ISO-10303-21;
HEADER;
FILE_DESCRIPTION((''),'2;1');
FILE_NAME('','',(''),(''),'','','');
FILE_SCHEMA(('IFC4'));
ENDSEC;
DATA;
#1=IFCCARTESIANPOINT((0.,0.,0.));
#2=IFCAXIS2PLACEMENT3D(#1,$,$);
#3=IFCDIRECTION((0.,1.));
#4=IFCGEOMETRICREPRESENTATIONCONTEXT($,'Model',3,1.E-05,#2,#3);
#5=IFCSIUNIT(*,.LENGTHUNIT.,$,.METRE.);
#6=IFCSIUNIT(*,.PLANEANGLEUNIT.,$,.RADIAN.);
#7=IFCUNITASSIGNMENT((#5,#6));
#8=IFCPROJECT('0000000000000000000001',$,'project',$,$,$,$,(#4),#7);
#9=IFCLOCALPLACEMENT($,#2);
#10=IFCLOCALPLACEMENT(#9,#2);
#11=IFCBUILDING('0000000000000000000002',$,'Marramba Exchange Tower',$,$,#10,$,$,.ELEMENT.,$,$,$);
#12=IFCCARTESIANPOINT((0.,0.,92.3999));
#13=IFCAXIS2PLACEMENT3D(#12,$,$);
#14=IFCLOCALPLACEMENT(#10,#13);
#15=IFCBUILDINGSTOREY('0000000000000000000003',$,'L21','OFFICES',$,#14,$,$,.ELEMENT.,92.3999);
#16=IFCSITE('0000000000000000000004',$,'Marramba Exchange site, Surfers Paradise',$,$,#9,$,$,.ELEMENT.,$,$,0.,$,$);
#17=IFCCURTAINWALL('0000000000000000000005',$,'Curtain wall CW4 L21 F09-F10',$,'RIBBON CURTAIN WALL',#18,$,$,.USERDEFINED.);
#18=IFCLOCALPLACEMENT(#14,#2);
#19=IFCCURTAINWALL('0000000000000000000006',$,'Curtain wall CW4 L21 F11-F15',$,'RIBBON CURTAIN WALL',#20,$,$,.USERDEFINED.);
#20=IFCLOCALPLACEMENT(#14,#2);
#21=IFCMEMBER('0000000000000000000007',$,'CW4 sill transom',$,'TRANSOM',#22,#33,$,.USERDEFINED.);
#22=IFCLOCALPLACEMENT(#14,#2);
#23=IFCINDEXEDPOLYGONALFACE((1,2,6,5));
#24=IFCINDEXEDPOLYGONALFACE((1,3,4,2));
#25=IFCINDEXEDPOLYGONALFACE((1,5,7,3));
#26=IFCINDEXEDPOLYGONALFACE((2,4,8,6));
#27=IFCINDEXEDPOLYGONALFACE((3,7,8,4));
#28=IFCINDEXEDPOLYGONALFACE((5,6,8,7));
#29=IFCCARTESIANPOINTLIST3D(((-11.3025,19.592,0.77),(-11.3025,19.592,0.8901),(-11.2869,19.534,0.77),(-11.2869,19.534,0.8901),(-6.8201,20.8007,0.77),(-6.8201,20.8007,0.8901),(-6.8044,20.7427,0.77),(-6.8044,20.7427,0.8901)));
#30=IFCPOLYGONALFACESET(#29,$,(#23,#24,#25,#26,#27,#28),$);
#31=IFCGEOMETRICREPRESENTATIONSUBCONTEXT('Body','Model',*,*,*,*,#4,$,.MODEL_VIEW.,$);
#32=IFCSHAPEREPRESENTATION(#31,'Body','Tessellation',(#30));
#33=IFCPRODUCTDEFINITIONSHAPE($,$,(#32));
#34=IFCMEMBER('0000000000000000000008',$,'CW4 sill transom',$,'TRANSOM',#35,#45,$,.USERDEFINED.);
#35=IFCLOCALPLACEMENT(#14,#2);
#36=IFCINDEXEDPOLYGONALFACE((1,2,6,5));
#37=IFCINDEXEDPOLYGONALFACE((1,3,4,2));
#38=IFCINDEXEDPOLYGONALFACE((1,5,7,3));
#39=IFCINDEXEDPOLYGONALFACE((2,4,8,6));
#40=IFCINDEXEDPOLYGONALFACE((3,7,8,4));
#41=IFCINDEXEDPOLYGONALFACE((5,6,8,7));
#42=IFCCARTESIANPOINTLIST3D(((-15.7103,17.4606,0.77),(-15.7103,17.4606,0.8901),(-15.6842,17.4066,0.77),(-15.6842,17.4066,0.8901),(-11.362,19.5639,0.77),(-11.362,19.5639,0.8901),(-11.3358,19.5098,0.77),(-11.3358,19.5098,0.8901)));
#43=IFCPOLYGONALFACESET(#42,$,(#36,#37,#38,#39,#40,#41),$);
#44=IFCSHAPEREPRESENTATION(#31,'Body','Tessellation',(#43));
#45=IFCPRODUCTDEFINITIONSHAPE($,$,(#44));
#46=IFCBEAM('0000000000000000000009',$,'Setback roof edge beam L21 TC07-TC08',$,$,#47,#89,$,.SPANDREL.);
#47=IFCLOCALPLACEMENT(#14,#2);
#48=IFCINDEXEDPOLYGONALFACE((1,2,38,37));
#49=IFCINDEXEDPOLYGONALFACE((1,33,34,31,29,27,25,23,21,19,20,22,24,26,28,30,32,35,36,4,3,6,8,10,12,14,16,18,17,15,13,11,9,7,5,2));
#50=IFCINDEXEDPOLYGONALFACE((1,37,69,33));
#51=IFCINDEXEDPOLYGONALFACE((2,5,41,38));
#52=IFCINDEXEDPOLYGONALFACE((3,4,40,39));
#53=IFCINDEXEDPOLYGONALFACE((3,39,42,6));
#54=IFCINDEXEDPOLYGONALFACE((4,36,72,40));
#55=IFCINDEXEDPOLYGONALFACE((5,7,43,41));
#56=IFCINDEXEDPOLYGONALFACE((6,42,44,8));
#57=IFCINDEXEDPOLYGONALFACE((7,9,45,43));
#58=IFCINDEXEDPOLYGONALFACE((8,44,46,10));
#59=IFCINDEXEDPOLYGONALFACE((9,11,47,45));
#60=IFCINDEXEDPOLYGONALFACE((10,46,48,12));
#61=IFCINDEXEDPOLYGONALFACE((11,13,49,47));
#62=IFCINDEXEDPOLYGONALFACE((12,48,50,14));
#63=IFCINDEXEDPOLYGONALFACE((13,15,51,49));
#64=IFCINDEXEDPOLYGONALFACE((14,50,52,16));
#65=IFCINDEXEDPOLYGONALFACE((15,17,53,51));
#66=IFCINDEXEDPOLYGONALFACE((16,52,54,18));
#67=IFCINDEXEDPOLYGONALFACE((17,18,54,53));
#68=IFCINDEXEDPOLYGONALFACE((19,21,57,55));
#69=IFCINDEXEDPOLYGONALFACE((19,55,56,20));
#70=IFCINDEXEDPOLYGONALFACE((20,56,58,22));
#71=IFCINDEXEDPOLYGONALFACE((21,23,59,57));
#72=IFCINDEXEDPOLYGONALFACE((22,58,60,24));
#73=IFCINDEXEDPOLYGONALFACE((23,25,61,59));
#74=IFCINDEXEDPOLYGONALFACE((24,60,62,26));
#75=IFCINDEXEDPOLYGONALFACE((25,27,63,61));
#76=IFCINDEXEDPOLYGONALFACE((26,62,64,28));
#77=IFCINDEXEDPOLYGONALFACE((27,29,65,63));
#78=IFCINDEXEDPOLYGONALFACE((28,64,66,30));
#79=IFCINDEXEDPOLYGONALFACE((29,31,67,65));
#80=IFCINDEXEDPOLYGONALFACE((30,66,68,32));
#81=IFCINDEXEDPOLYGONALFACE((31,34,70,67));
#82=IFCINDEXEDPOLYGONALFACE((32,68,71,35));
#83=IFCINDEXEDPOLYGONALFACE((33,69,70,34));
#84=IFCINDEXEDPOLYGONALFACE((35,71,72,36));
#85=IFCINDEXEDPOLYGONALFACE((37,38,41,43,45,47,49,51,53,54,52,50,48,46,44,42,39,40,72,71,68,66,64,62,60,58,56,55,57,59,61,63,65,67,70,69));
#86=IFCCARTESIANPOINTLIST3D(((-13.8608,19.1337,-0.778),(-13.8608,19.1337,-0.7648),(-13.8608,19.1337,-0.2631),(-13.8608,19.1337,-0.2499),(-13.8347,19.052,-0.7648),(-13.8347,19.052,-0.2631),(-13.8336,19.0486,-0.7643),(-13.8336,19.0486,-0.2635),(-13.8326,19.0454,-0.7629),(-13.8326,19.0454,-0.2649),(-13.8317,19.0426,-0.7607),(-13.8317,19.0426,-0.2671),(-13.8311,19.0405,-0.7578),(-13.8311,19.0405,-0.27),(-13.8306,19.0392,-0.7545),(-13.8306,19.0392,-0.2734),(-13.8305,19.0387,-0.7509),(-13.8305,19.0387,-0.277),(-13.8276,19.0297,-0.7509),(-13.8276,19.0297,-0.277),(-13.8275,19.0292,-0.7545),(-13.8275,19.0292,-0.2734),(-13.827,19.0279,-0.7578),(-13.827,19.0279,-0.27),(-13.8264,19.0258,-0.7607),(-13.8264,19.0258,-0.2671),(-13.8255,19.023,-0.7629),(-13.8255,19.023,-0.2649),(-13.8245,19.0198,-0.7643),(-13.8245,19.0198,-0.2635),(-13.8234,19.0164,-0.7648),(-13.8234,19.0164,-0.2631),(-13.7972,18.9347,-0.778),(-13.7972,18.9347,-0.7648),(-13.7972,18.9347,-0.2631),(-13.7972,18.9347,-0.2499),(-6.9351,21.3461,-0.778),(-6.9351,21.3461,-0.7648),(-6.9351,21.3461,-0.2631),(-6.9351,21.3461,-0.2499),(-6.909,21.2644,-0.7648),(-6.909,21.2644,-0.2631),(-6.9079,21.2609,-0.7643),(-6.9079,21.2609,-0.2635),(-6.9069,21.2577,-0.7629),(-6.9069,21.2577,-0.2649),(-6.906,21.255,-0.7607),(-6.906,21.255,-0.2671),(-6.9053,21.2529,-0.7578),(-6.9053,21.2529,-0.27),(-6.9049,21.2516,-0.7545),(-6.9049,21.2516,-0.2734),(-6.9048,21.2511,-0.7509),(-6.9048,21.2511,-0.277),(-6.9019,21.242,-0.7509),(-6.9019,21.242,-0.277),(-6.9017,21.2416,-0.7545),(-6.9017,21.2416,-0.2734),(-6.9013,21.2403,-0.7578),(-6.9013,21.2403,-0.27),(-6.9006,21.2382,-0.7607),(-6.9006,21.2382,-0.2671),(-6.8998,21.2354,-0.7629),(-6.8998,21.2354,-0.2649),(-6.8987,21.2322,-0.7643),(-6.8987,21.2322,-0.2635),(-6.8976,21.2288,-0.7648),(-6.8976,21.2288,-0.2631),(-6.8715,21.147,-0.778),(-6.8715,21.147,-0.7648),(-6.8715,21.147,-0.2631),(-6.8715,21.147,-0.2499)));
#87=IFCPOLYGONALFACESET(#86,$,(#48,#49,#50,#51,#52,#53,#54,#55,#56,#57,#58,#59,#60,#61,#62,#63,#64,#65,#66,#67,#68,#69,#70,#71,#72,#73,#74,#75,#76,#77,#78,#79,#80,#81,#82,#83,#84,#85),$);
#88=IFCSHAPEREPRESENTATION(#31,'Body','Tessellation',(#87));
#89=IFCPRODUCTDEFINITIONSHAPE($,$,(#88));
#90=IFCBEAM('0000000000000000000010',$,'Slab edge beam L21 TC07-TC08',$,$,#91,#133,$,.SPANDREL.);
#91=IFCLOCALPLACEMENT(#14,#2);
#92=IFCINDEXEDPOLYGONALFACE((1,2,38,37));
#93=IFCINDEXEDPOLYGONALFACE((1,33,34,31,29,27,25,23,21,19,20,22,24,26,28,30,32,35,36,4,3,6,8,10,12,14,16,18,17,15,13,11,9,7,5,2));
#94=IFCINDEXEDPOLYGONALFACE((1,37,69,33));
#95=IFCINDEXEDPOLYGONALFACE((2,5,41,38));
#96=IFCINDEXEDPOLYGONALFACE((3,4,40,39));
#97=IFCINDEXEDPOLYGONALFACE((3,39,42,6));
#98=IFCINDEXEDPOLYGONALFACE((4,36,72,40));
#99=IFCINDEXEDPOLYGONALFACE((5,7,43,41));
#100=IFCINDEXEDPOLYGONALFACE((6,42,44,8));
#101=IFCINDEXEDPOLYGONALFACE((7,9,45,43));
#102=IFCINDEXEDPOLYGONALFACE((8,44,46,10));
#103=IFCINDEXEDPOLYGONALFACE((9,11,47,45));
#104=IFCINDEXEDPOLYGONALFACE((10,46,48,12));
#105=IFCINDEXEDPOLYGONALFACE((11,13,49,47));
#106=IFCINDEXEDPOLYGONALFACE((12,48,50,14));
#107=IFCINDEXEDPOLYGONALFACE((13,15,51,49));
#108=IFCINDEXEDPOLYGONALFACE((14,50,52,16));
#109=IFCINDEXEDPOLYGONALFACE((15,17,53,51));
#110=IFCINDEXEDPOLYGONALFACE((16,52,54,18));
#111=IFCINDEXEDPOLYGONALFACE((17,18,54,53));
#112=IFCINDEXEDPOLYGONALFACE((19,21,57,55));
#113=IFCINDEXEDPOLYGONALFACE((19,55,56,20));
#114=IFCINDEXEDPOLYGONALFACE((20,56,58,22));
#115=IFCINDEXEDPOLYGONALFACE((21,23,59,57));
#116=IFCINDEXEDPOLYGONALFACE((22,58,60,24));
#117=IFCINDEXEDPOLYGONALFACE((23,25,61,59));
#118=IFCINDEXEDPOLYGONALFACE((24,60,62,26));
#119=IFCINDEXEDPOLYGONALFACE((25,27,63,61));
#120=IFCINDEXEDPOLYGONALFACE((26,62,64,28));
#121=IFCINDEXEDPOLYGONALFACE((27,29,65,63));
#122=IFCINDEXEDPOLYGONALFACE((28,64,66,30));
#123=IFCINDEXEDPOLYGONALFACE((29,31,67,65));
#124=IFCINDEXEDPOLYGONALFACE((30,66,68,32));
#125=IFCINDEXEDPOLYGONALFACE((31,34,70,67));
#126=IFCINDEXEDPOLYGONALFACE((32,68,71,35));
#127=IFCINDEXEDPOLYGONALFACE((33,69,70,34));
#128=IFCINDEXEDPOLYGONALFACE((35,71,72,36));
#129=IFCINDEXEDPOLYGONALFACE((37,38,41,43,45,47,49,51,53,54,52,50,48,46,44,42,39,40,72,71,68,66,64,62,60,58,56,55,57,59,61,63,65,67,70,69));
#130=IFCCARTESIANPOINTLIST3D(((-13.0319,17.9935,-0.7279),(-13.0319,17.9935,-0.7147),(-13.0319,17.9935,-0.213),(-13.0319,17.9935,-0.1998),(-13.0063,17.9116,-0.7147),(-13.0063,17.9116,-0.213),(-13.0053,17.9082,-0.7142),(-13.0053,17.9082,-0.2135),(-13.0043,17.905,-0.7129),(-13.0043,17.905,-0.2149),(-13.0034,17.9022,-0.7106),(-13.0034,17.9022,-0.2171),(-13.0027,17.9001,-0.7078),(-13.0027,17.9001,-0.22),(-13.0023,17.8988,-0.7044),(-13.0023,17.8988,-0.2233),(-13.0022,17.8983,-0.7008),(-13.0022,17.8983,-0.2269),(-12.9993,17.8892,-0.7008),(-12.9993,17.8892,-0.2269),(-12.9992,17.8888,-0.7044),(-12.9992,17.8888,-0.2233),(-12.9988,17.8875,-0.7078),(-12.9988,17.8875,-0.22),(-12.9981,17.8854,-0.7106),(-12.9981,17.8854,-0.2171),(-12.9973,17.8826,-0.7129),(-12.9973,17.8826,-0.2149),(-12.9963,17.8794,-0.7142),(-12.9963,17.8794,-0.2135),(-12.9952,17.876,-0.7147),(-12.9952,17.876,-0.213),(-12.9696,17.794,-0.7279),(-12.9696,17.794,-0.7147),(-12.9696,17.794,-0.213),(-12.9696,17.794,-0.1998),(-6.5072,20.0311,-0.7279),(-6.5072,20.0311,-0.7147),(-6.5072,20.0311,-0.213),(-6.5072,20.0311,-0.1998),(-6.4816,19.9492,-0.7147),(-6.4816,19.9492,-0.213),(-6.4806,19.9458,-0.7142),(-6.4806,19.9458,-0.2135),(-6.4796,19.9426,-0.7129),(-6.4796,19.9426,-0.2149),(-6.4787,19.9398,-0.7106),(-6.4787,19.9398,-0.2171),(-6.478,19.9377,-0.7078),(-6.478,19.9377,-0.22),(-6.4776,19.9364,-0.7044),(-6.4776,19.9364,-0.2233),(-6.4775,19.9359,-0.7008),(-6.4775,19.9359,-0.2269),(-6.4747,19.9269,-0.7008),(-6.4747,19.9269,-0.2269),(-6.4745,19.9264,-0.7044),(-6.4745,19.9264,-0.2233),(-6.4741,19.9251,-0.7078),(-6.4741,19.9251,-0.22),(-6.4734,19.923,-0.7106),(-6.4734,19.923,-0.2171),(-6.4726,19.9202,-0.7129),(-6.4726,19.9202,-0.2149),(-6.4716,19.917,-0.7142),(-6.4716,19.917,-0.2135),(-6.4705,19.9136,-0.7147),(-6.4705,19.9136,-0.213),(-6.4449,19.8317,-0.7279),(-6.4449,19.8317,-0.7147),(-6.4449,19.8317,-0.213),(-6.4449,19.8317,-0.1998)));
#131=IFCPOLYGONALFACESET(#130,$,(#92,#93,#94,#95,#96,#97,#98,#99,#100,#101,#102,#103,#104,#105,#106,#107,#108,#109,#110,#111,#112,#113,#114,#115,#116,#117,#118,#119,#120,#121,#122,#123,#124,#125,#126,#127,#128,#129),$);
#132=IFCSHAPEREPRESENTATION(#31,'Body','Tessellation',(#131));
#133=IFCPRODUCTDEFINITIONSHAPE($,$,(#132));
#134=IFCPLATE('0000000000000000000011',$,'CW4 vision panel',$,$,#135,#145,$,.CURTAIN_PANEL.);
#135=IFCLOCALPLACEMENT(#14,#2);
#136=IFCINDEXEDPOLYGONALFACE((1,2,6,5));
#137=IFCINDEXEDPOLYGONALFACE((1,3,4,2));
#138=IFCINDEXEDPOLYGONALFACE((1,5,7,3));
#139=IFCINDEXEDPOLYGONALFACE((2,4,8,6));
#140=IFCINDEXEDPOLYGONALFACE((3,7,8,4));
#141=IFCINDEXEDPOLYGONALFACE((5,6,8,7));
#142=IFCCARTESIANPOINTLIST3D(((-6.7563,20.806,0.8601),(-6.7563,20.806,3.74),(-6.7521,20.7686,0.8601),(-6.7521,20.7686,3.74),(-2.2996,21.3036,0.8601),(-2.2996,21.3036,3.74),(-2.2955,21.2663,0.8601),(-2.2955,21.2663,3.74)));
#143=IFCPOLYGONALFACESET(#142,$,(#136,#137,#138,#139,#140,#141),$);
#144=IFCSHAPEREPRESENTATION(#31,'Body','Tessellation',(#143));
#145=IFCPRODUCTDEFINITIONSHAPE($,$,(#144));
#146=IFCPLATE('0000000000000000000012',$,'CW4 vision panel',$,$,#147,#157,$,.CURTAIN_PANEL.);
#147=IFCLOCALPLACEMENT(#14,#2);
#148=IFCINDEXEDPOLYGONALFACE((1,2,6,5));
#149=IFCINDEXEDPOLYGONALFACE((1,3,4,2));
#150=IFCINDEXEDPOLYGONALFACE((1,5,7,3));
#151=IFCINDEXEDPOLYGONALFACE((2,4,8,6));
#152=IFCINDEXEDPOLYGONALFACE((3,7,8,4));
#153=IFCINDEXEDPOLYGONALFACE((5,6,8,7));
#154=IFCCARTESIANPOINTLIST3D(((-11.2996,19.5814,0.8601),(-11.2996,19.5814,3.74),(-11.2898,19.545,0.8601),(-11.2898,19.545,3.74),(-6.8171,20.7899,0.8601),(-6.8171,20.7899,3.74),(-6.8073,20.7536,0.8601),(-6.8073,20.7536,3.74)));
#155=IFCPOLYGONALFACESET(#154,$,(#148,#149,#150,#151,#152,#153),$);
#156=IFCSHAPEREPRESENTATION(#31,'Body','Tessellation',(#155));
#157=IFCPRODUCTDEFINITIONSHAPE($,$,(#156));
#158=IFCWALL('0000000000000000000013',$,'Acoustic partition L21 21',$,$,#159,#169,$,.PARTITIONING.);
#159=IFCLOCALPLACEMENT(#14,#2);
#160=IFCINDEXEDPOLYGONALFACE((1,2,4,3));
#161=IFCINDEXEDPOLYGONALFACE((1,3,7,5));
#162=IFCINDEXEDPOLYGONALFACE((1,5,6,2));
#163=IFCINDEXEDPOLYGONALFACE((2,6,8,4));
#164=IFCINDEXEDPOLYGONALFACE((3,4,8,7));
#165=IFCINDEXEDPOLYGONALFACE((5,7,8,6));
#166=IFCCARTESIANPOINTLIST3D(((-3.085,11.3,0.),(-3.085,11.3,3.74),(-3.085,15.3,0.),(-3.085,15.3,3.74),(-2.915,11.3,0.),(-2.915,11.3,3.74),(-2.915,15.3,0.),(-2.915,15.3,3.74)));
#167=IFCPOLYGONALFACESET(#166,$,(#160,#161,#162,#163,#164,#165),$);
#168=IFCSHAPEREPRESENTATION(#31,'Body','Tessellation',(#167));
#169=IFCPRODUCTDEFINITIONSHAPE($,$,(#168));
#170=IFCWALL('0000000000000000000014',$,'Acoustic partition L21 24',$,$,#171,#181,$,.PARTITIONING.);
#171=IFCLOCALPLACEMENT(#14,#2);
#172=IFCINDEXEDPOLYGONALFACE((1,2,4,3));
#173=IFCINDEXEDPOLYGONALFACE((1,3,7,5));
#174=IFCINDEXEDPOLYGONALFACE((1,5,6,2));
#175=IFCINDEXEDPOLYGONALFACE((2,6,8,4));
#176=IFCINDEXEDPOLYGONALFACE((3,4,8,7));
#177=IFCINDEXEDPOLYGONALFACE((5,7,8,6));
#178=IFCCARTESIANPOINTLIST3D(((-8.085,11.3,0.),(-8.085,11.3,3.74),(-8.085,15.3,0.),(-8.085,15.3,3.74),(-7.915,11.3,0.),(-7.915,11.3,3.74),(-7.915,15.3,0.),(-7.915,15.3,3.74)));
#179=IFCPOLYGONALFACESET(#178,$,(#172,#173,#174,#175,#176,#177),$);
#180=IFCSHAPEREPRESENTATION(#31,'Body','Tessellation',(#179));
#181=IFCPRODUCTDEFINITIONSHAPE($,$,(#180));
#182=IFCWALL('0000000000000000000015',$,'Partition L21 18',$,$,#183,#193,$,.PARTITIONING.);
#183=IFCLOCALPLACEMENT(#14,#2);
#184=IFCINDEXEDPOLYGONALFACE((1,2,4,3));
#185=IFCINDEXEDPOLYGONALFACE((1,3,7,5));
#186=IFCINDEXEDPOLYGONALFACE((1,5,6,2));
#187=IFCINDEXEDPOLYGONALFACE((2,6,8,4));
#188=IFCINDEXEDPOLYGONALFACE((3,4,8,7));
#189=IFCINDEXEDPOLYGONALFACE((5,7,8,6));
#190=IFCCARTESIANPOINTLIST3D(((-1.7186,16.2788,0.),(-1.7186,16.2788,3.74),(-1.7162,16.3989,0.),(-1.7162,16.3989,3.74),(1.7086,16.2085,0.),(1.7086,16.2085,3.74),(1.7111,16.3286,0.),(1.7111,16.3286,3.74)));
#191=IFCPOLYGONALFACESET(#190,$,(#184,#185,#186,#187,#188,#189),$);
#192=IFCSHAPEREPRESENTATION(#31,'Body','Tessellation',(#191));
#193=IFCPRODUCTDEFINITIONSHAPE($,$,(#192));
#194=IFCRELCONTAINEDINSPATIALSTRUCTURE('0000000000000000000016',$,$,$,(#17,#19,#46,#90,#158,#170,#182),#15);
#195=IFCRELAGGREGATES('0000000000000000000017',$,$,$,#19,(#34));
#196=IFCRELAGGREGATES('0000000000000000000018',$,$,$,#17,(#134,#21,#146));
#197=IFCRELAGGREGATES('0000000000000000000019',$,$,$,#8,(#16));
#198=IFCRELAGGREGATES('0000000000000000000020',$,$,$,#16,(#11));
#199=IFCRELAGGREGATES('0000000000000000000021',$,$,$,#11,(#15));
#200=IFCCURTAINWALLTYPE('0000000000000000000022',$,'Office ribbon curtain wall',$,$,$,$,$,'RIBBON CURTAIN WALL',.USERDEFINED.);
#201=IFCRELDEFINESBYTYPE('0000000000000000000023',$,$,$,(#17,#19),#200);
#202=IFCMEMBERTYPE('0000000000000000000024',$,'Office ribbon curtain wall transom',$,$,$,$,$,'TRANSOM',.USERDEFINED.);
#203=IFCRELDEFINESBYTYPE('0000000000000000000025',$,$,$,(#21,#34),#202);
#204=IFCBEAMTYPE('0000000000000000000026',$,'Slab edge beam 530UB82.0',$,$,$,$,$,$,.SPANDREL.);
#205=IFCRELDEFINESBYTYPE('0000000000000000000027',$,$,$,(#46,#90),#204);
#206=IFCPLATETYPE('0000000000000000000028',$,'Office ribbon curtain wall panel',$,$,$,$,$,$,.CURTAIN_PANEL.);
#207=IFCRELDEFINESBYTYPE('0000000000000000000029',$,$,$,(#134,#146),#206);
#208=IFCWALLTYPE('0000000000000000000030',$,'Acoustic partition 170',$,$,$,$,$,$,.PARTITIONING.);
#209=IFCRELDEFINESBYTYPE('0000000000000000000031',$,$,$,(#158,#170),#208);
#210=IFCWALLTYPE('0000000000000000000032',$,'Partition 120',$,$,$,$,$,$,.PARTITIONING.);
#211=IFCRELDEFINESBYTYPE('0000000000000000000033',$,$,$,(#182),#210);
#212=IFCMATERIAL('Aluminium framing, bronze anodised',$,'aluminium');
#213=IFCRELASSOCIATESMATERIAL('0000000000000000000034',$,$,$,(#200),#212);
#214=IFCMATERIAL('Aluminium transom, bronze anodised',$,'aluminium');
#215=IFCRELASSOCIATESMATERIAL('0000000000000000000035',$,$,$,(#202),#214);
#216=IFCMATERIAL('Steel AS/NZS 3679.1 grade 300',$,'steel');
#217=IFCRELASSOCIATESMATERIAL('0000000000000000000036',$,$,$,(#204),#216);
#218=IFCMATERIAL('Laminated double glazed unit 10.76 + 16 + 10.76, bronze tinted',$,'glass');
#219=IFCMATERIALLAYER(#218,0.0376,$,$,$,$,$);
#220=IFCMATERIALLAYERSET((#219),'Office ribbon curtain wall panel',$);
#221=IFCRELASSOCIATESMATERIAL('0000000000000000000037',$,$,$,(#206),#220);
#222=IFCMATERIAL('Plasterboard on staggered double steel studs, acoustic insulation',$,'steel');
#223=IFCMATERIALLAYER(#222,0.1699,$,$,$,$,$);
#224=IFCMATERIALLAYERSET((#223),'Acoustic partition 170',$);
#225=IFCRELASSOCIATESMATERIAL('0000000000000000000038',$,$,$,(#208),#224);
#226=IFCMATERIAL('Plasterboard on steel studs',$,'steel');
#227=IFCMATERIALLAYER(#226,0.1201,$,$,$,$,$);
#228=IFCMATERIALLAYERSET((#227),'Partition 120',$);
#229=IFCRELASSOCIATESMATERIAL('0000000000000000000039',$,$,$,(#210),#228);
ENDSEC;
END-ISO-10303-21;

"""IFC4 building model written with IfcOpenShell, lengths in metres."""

from ifc_helpers import new_model, si_unit, direction, frame, frame_2d, origin, origin_2d, place, context, subcontext, project, spatial, rectangle, i_section, extrude, material, layer, layer_set, material_profile, profile_set, type_object, element, aggregate, save


model = new_model("IFC4")

# Units and contexts
model_context = context("Model", 3, precision=1e-05, world=origin(), true_north=direction((0.0, 1.0)))
body_context = subcontext(model_context, "Body", "Model", "MODEL_VIEW")
ifc_project = project(units=[si_unit("LENGTHUNIT", "METRE"), si_unit("PLANEANGLEUNIT", "RADIAN")], contexts=[model_context])

# Site, building, storey
site_placement = place(None, origin())
site = spatial("IfcSite", under=ifc_project, at=site_placement, Name="Marramba Exchange site, Surfers Paradise", CompositionType="ELEMENT", RefElevation=0.0)
building_placement = place(site_placement, origin())
building = spatial("IfcBuilding", under=site, at=building_placement, Name="Marramba Exchange Tower", CompositionType="ELEMENT")
storey_placement = place(building_placement, frame((0.0, 0.0, 92.3999)))
storey = spatial("IfcBuildingStorey", under=building, at=storey_placement, Name="L21", Description="OFFICES", CompositionType="ELEMENT", Elevation=92.3999)

# Curtain wall
ifc_material_1 = material(Name="Aluminium framing, bronze anodised", Category="aluminium")
curtain_wall_type = type_object("IfcCurtainWallType", Name="Office ribbon curtain wall", ElementType="RIBBON CURTAIN WALL", PredefinedType="USERDEFINED", material=ifc_material_1)
curtain_wall_1_placement = place(storey_placement, origin())
curtain_wall_1 = element("IfcCurtainWall", 1, at=curtain_wall_1_placement, inside=storey, type_object=curtain_wall_type, Name="Curtain wall CW4 L21 F09-F10", ObjectType="RIBBON CURTAIN WALL", PredefinedType="USERDEFINED")

# Curtain wall
curtain_wall_2_placement = place(storey_placement, origin())
curtain_wall_2 = element("IfcCurtainWall", 2, at=curtain_wall_2_placement, inside=storey, type_object=curtain_wall_type, Name="Curtain wall CW4 L21 F11-F15", ObjectType="RIBBON CURTAIN WALL", PredefinedType="USERDEFINED")

# Members
ifc_material_2 = material(Name="Aluminium transom, bronze anodised", Category="aluminium")
ifc_material_profile_1 = material_profile(ifc_material_2, rectangle(XDim=0.0601, YDim=0.1201, at=origin_2d()), Name="CW4 transom 60x120")
ifc_profile_set_1 = profile_set([ifc_material_profile_1], Name="Aluminium transom, bronze anodised")
member_type_1 = type_object("IfcMemberType", Name="Office ribbon curtain wall transom", ElementType="TRANSOM", PredefinedType="USERDEFINED", material=ifc_profile_set_1)
member_1_placement = place(storey_placement, frame((-6.8123, 20.7717, 0.8301), z_axis=(-0.965511, -0.260362, 0.0), x_axis=(0.260362, -0.965511, 0.0)))
member_1 = element("IfcMember", 3, at=member_1_placement, type_object=member_type_1, Name="CW4 sill transom", ObjectType="TRANSOM", PredefinedType="USERDEFINED", context=body_context, shape_type="SweptSolid", body=[
    extrude(rectangle(XDim=0.0601, YDim=0.1201, at=origin_2d()), origin(), (0.0, 0.0, 1.0), 4.6426),
])
member_2_placement = place(storey_placement, frame((-11.3489, 19.5369, 0.8301), z_axis=(-0.900223, -0.435429, 0.0), x_axis=(0.435429, -0.900223, 0.0)))
member_2 = element("IfcMember", 4, at=member_2_placement, type_object=member_type_1, Name="CW4 sill transom", ObjectType="TRANSOM", PredefinedType="USERDEFINED", context=body_context, shape_type="SweptSolid", body=[
    extrude(rectangle(XDim=0.0601, YDim=0.1201, at=origin_2d()), origin(), (0.0, 0.0, 1.0), 4.8303),
])
aggregate(curtain_wall_2, [member_2])

# Beams
ifc_material_3 = material(Name="Steel AS/NZS 3679.1 grade 300", Category="steel")
ifc_material_profile_2 = material_profile(ifc_material_3, i_section(OverallWidth=0.209, OverallDepth=0.5281, WebThickness=0.0095, FlangeThickness=0.0132, FilletRadius=0.0139, at=origin_2d()), Name="530UB82.0")
ifc_profile_set_2 = profile_set([ifc_material_profile_2], Name="Steel AS/NZS 3679.1 grade 300")
beam_type_1 = type_object("IfcBeamType", Name="Slab edge beam 530UB82.0", PredefinedType="SPANDREL", material=ifc_profile_set_2)
beam_1_placement = place(storey_placement, frame((-6.9033, 21.2466, -0.5139), z_axis=(-0.952578, -0.304296, 0.0), x_axis=(0.304296, -0.952578, 0.0)))
element("IfcBeam", 5, at=beam_1_placement, inside=storey, type_object=beam_type_1, Name="Setback roof edge beam L21 TC07-TC08", PredefinedType="SPANDREL", context=body_context, shape_type="SweptSolid", body=[
    extrude(i_section(OverallWidth=0.209, OverallDepth=0.5281, WebThickness=0.0095, FlangeThickness=0.0132, FilletRadius=0.0139, at=origin_2d()), origin(), (0.0, 0.0, 1.0), 7.2705),
])
beam_2_placement = place(storey_placement, frame((-6.4761, 19.9314, -0.4639), z_axis=(-0.954537, -0.298094, 0.0), x_axis=(0.298094, -0.954537, 0.0)))
element("IfcBeam", 6, at=beam_2_placement, inside=storey, type_object=beam_type_1, Name="Slab edge beam L21 TC07-TC08", PredefinedType="SPANDREL", context=body_context, shape_type="SweptSolid", body=[
    extrude(i_section(OverallWidth=0.209, OverallDepth=0.5281, WebThickness=0.0095, FlangeThickness=0.0132, FilletRadius=0.0139, at=origin_2d()), origin(), (0.0, 0.0, 1.0), 6.8354),
])

# Plates
ifc_material_4 = material(Name="Laminated double glazed unit 10.76 + 16 + 10.76, bronze tinted", Category="glass")
ifc_layer_1 = layer(ifc_material_4, 0.0376)
ifc_layer_set_1 = layer_set([ifc_layer_1], Name="Office ribbon curtain wall panel")
plate_type = type_object("IfcPlateType", Name="Office ribbon curtain wall panel", PredefinedType="CURTAIN_PANEL", material=ifc_layer_set_1)
plate_1_placement = place(storey_placement, frame((-4.5259, 21.0361, 0.8601), z_axis=(0.0, 0.0, 1.0), x_axis=(-0.993823, -0.110973, 0.0)))
plate_1 = element("IfcPlate", 7, at=plate_1_placement, type_object=plate_type, Name="CW4 vision panel", PredefinedType="CURTAIN_PANEL", context=body_context, shape_type="SweptSolid", body=[
    extrude(rectangle(XDim=4.4844, YDim=0.0376, at=origin_2d()), origin(), (0.0, 0.0, 1.0), 2.8799),
])
plate_2_placement = place(storey_placement, frame((-9.0535, 20.1675, 0.8601), z_axis=(0.0, 0.0, 1.0), x_axis=(-0.965522, -0.260321, 0.0)))
plate_2 = element("IfcPlate", 8, at=plate_2_placement, type_object=plate_type, Name="CW4 vision panel", PredefinedType="CURTAIN_PANEL", context=body_context, shape_type="SweptSolid", body=[
    extrude(rectangle(XDim=4.6426, YDim=0.0376, at=origin_2d()), origin(), (0.0, 0.0, 1.0), 2.8799),
])
aggregate(curtain_wall_1, [plate_1, member_1, plate_2])

# Walls
ifc_material_5 = material(Name="Plasterboard on staggered double steel studs, acoustic insulation", Category="steel")
ifc_layer_2 = layer(ifc_material_5, 0.1699)
ifc_layer_set_2 = layer_set([ifc_layer_2], Name="Acoustic partition 170")
wall_type_1 = type_object("IfcWallType", Name="Acoustic partition 170", PredefinedType="PARTITIONING", material=ifc_layer_set_2)
for number, where, z_axis, x_axis, name in (
    (9, (-3.0, 15.3, 0.0), (0.0, 0.0, 1.0), (0.0, -1.0, 0.0), "Acoustic partition L21 21"),
    (10, (-8.0, 15.3, 0.0), (0.0, 0.0, 1.0), (0.0, -1.0, 0.0), "Acoustic partition L21 24"),
):
    element("IfcWall", number, at=place(storey_placement, frame(where, z_axis=z_axis, x_axis=x_axis)), inside=storey, type_object=wall_type_1, Name=name, PredefinedType="PARTITIONING", context=body_context, shape_type="SweptSolid", body=[
        extrude(rectangle(XDim=4.0, YDim=0.1699, at=frame_2d((2.0, 0.0))), origin(), (0.0, 0.0, 1.0), 3.74),
    ])
ifc_material_6 = material(Name="Plasterboard on steel studs", Category="steel")
ifc_layer_3 = layer(ifc_material_6, 0.1201)
ifc_layer_set_3 = layer_set([ifc_layer_3], Name="Partition 120")
wall_type_2 = type_object("IfcWallType", Name="Partition 120", PredefinedType="PARTITIONING", material=ifc_layer_set_3)
wall_1_placement = place(storey_placement, frame((-1.7173, 16.3389, 0.0), z_axis=(0.0, 0.0, 1.0), x_axis=(0.99979, -0.020511, 0.0)))
element("IfcWall", 11, at=wall_1_placement, inside=storey, type_object=wall_type_2, Name="Partition L21 18", PredefinedType="PARTITIONING", context=body_context, shape_type="SweptSolid", body=[
    extrude(rectangle(XDim=3.428, YDim=0.1201, at=frame_2d((1.7139, 0.0))), origin(), (0.0, 0.0, 1.0), 3.74),
])

save(model, "model.ifc")
